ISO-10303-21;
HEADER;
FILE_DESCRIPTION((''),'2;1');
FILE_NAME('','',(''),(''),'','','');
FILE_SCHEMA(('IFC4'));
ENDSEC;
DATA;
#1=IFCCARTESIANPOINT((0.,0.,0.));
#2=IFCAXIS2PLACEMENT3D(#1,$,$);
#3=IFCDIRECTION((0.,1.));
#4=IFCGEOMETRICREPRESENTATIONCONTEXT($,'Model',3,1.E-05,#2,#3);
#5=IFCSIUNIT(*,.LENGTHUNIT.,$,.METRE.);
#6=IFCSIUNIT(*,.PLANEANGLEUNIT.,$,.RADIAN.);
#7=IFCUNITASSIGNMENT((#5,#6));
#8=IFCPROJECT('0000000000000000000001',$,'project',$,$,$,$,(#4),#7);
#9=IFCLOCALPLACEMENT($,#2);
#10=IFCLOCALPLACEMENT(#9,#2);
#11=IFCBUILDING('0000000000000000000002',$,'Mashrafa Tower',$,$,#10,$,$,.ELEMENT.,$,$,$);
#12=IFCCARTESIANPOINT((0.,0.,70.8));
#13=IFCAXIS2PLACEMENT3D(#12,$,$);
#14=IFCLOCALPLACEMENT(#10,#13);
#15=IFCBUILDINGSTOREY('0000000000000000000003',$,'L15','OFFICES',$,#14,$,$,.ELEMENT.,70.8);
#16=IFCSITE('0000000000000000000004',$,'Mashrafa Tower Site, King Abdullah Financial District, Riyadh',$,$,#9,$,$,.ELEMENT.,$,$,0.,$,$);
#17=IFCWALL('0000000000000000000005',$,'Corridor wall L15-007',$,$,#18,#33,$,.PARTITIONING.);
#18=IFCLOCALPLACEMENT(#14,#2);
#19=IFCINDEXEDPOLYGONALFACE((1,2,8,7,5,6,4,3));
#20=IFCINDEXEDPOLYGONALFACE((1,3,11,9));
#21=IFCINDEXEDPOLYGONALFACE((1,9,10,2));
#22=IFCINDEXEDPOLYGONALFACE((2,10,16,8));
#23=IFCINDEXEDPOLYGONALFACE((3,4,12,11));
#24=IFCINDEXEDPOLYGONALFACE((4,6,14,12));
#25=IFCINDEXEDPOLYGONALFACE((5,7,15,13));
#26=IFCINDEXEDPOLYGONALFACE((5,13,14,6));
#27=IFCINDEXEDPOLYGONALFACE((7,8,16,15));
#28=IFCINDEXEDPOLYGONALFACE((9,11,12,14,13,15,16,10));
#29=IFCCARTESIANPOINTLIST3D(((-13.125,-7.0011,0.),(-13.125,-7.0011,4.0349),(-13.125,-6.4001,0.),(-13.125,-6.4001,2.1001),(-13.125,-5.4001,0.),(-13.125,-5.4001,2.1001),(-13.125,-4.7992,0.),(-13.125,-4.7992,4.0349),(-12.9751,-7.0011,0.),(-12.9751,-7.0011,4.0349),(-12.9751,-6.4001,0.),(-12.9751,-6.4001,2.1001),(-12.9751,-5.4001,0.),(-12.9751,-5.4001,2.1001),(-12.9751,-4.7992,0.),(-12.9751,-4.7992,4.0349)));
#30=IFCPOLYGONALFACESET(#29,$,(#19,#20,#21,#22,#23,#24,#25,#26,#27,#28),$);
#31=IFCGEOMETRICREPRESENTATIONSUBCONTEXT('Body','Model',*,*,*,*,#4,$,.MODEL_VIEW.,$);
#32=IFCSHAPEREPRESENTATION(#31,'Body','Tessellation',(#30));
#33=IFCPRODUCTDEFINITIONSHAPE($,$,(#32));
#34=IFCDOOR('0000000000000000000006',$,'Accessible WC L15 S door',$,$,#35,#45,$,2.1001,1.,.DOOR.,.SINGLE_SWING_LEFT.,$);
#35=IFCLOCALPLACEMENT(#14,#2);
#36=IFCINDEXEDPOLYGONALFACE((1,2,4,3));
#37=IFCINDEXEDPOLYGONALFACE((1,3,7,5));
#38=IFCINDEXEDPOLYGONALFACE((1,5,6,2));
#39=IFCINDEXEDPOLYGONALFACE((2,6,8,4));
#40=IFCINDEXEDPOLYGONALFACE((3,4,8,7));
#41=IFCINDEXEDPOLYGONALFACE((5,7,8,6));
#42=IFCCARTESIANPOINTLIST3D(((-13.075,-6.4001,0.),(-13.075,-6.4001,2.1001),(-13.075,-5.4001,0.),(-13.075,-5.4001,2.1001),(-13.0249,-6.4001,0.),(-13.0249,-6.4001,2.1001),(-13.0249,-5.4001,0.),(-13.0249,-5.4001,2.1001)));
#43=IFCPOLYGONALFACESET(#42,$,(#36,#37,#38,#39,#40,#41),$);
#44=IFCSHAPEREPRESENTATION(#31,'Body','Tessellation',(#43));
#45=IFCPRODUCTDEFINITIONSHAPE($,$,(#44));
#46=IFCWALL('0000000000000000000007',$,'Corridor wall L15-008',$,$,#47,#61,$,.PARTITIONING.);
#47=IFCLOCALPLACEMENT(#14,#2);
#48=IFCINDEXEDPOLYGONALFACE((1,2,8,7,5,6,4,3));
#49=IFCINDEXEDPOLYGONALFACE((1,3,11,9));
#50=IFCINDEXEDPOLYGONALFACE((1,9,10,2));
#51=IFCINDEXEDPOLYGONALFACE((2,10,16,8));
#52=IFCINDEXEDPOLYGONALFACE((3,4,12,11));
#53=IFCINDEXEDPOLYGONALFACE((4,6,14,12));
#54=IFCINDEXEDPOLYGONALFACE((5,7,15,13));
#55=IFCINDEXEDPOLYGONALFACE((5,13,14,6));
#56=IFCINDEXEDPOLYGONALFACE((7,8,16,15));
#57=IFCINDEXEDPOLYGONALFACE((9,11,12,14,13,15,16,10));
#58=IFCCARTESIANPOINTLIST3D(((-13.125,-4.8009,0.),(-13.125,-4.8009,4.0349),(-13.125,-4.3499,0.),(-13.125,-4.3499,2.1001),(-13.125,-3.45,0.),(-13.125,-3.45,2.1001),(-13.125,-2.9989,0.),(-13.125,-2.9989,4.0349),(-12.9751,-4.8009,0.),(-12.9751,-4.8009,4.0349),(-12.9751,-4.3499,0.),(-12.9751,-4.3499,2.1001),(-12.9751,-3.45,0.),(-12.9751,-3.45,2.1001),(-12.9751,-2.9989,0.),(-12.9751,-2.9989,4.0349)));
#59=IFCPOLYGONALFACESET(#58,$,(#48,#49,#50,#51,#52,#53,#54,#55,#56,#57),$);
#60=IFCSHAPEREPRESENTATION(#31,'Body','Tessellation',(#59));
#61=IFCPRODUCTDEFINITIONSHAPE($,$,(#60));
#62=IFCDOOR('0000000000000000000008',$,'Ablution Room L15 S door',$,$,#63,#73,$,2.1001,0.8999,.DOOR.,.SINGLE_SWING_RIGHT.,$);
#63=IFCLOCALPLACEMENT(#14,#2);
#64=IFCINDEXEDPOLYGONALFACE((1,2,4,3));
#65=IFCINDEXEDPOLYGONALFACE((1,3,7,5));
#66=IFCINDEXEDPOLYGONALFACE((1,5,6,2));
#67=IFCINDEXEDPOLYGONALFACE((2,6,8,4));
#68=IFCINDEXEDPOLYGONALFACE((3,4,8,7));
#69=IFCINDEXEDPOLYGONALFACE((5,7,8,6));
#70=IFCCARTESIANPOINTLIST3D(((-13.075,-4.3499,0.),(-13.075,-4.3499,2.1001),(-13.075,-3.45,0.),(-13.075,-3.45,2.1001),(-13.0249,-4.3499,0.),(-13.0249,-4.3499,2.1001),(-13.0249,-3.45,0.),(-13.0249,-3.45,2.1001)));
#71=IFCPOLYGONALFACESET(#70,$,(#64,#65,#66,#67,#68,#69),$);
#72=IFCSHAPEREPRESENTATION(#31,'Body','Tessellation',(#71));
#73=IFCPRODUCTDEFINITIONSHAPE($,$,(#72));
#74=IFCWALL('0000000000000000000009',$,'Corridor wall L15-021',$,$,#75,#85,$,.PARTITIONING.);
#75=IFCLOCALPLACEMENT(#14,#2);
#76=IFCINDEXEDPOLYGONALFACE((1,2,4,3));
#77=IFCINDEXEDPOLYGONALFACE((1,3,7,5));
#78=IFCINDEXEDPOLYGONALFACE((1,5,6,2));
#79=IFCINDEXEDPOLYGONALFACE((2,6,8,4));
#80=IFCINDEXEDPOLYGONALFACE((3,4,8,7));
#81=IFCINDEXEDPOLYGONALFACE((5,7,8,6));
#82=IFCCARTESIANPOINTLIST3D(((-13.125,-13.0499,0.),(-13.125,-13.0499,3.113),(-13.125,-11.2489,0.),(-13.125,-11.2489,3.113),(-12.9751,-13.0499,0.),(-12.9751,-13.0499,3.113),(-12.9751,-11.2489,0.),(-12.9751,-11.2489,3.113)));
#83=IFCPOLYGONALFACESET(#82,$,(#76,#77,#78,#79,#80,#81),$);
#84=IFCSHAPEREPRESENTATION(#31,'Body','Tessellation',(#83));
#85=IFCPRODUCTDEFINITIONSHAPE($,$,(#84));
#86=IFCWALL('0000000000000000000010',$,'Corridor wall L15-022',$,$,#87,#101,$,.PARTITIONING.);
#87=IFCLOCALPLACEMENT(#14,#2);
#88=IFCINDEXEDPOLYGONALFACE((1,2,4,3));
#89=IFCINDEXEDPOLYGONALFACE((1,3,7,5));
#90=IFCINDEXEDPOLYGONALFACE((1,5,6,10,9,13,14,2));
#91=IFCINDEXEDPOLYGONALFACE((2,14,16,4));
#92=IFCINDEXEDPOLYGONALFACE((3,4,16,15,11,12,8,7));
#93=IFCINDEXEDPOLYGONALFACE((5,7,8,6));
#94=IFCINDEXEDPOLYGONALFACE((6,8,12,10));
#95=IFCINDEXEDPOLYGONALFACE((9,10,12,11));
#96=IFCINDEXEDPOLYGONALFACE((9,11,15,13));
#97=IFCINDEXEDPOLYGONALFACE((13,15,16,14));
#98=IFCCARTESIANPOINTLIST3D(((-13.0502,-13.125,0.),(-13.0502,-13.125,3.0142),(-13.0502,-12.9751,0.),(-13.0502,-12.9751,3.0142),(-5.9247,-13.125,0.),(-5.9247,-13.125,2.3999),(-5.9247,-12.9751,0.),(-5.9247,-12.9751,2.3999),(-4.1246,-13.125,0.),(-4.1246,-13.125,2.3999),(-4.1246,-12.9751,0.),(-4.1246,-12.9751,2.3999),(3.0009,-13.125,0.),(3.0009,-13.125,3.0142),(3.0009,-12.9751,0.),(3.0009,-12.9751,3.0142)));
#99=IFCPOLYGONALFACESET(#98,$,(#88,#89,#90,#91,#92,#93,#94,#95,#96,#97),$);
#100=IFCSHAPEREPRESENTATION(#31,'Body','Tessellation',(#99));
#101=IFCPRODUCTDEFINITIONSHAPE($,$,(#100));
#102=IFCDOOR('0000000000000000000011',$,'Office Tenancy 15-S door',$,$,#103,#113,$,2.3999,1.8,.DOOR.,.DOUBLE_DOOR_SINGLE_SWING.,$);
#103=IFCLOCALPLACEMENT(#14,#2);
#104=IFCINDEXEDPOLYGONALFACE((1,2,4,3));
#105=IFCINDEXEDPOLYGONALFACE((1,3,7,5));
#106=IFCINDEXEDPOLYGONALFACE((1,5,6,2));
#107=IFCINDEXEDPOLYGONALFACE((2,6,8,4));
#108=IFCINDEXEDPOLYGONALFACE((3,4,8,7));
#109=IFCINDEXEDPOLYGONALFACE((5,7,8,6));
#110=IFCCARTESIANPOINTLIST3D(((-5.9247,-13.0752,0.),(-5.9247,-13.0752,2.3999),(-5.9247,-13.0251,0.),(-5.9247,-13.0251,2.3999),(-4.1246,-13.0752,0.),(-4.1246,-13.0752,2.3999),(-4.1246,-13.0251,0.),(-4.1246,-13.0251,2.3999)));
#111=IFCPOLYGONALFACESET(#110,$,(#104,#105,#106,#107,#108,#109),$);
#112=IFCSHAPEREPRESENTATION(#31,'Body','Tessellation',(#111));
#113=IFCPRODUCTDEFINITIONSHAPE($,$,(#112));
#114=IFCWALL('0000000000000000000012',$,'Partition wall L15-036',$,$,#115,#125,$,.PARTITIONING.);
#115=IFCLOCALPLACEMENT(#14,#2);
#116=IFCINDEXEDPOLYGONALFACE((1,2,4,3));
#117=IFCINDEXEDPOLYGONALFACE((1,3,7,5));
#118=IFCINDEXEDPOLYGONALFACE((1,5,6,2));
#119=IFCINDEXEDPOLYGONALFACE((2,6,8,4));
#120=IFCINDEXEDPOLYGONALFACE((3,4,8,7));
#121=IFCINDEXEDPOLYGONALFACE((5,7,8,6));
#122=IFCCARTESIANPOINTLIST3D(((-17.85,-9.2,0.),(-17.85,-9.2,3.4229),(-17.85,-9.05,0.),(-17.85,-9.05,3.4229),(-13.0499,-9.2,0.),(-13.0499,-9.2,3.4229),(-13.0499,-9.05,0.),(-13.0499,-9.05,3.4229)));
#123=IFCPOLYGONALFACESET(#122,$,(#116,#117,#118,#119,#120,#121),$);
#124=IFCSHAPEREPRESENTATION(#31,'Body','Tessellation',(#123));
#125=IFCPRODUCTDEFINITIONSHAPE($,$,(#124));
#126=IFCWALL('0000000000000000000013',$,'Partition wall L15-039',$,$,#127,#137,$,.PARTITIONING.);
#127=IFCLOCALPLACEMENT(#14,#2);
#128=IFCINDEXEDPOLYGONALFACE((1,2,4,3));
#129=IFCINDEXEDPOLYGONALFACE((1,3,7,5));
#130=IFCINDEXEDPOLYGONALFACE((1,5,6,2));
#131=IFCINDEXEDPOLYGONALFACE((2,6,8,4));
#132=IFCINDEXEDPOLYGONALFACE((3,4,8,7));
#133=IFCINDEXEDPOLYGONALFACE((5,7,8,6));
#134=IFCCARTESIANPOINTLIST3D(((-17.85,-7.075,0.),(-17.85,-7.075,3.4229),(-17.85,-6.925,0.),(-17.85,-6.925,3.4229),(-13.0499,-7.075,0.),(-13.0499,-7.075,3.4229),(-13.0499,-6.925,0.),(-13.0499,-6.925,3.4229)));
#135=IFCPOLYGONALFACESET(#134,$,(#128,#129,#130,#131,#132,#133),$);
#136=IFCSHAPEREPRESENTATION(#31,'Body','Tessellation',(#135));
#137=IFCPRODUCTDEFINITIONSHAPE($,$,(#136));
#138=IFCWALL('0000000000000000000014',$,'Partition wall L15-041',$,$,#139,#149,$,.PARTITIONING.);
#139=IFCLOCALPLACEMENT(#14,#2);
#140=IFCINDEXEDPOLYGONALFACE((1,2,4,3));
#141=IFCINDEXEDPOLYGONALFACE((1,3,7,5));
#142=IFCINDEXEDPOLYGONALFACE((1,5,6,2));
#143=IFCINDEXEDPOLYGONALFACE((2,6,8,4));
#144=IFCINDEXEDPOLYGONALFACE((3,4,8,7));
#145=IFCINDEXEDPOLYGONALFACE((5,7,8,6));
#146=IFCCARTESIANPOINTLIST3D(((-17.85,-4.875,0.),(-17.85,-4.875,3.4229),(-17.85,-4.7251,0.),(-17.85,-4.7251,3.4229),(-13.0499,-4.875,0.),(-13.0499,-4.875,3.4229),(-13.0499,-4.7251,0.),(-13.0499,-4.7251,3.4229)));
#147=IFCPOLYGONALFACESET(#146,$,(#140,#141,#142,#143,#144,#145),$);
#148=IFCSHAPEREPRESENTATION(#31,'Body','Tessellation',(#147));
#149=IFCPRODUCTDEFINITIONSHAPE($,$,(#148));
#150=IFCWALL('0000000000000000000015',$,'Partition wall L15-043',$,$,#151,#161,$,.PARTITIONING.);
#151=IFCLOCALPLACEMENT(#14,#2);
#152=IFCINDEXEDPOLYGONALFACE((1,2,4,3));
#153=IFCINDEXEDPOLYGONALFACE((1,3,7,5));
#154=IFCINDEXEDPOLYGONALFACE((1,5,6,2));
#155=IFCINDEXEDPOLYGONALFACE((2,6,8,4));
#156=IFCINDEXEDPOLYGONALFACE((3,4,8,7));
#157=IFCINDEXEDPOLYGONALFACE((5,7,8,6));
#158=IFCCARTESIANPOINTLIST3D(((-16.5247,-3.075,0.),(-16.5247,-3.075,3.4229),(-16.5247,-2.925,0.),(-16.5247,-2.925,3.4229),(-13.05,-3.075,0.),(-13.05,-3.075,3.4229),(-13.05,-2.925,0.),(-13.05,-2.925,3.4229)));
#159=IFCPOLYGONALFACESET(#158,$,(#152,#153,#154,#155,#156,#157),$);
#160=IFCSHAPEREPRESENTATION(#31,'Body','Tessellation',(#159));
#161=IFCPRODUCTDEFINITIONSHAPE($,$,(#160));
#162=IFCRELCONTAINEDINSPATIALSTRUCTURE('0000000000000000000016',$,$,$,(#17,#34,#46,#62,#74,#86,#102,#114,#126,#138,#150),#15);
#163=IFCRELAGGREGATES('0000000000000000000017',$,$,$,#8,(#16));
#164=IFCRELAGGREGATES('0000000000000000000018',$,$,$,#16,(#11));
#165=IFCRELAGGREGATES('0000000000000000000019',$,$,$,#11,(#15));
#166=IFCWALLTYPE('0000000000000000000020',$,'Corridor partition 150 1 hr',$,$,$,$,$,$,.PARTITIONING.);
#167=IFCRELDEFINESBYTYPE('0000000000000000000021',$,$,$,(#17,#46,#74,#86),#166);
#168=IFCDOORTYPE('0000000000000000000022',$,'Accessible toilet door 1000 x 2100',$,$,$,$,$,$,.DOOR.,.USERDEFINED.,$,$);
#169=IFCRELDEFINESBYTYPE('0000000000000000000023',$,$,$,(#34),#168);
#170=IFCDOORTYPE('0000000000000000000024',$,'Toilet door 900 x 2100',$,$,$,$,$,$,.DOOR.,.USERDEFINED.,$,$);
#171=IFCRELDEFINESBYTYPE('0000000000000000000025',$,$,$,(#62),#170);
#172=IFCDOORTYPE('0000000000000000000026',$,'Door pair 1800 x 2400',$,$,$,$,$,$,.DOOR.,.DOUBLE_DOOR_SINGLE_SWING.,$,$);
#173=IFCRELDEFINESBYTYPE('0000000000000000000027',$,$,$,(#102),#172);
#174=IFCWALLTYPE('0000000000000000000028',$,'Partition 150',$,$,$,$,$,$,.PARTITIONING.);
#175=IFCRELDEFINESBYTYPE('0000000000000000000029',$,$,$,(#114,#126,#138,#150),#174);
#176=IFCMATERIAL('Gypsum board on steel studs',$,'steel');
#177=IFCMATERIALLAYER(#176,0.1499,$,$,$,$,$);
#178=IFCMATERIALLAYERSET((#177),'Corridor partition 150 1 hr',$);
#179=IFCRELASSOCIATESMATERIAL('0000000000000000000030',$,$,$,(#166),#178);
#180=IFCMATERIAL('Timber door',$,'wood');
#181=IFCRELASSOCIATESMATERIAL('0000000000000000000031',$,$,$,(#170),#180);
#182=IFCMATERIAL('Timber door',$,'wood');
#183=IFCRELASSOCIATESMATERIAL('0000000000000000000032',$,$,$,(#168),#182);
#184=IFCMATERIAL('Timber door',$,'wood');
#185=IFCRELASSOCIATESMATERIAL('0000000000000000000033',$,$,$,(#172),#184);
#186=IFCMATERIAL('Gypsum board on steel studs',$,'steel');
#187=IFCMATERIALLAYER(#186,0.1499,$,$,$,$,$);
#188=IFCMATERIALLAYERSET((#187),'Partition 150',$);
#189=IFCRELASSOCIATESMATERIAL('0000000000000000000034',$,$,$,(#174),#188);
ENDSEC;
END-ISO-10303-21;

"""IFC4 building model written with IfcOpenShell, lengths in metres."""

from ifc_helpers import new_model, si_unit, direction, frame, frame_2d, origin, place, context, subcontext, project, spatial, rectangle, extrude, material, layer, layer_set, type_object, element, fill, save


model = new_model("IFC4")

# Units and contexts
model_context = context("Model", 3, precision=1e-05, world=origin(), true_north=direction((0.0, 1.0)))
body_context = subcontext(model_context, "Body", "Model", "MODEL_VIEW")
ifc_project = project(units=[si_unit("LENGTHUNIT", "METRE"), si_unit("PLANEANGLEUNIT", "RADIAN")], contexts=[model_context])

# Site, building, storey
site_placement = place(None, origin())
site = spatial("IfcSite", under=ifc_project, at=site_placement, Name="Mashrafa Tower Site, King Abdullah Financial District, Riyadh", CompositionType="ELEMENT", RefElevation=0.0)
building_placement = place(site_placement, origin())
building = spatial("IfcBuilding", under=site, at=building_placement, Name="Mashrafa Tower", CompositionType="ELEMENT")
storey_placement = place(building_placement, frame((0.0, 0.0, 70.8)))
storey = spatial("IfcBuildingStorey", under=building, at=storey_placement, Name="L15", Description="OFFICES", CompositionType="ELEMENT", Elevation=70.8)

# Walls, openings, doors
ifc_material_1 = material(Name="Gypsum board on steel studs", Category="steel")
ifc_layer_1 = layer(ifc_material_1, 0.1499)
ifc_layer_set_1 = layer_set([ifc_layer_1], Name="Corridor partition 150 1 hr")
wall_type_1 = type_object("IfcWallType", Name="Corridor partition 150 1 hr", PredefinedType="PARTITIONING", material=ifc_layer_set_1)
ifc_material_2 = material(Name="Timber door", Category="wood")
door_type_1 = type_object("IfcDoorType", Name="Toilet door 900 x 2100", OperationType="USERDEFINED", PredefinedType="DOOR", material=ifc_material_2)
wall_1_placement = place(storey_placement, frame((-13.05, -4.7991, 0.0), z_axis=(0.0, 0.0, 1.0), x_axis=(0.0, -1.0, 0.0)))
wall_1 = element("IfcWall", 1, at=wall_1_placement, inside=storey, type_object=wall_type_1, Name="Corridor wall L15-007", PredefinedType="PARTITIONING", context=body_context, shape_type="SweptSolid", body=[
    extrude(rectangle(XDim=2.2019, YDim=0.1499, at=frame_2d((1.1011, 0.0))), origin(), (0.0, 0.0, 1.0), 4.0349),
])
opening_1_placement = place(wall_1_placement, frame((0.6011, 0.0, 0.0)))
opening_1 = element("IfcOpeningElement", 2, at=opening_1_placement, cuts=wall_1, PredefinedType="OPENING", context=body_context, shape_type="SweptSolid", body=[
    extrude(rectangle(XDim=1.0, YDim=2.1001, at=frame_2d((0.5, 1.05))), frame((0.0, 0.085, 0.0), z_axis=(0.0, -1.0, 0.0), x_axis=(1.0, 0.0, 0.0)), (0.0, 0.0, 1.0), 0.1699),
])
ifc_material_3 = material(Name="Timber door", Category="wood")
door_type_2 = type_object("IfcDoorType", Name="Accessible toilet door 1000 x 2100", OperationType="USERDEFINED", PredefinedType="DOOR", material=ifc_material_3)
door_1_placement = place(opening_1_placement, frame((1.0, 0.0, 0.0), z_axis=(0.0, 0.0, 1.0), x_axis=(-1.0, 0.0, 0.0)))
door_1 = element("IfcDoor", 3, at=door_1_placement, inside=storey, type_object=door_type_2, Name="Accessible WC L15 S door", OperationType="SINGLE_SWING_LEFT", OverallHeight=2.1001, OverallWidth=1.0, PredefinedType="DOOR", context=body_context, shape_type="SweptSolid", body=[
    extrude(rectangle(XDim=1.0, YDim=2.1001, at=frame_2d((0.5, 1.05))), frame((0.0, 0.0249, 0.0), z_axis=(0.0, -1.0, 0.0), x_axis=(1.0, 0.0, 0.0)), (0.0, 0.0, 1.0), 0.05),
])
fill(opening_1, door_1)
wall_2_placement = place(storey_placement, frame((-13.05, -2.999, 0.0), z_axis=(0.0, 0.0, 1.0), x_axis=(0.0, -1.0, 0.0)))
wall_2 = element("IfcWall", 4, at=wall_2_placement, inside=storey, type_object=wall_type_1, Name="Corridor wall L15-008", PredefinedType="PARTITIONING", context=body_context, shape_type="SweptSolid", body=[
    extrude(rectangle(XDim=1.802, YDim=0.1499, at=frame_2d((0.9009, 0.0))), origin(), (0.0, 0.0, 1.0), 4.0349),
])
opening_2_placement = place(wall_2_placement, frame((0.4509, 0.0, 0.0)))
opening_2 = element("IfcOpeningElement", 5, at=opening_2_placement, cuts=wall_2, PredefinedType="OPENING", context=body_context, shape_type="SweptSolid", body=[
    extrude(rectangle(XDim=0.8999, YDim=2.1001, at=frame_2d((0.45, 1.05))), frame((0.0, 0.085, 0.0), z_axis=(0.0, -1.0, 0.0), x_axis=(1.0, 0.0, 0.0)), (0.0, 0.0, 1.0), 0.1699),
])
door_2_placement = place(opening_2_placement, frame((0.8999, 0.0, 0.0), z_axis=(0.0, 0.0, 1.0), x_axis=(-1.0, 0.0, 0.0)))
door_2 = element("IfcDoor", 6, at=door_2_placement, inside=storey, type_object=door_type_1, Name="Ablution Room L15 S door", OperationType="SINGLE_SWING_RIGHT", OverallHeight=2.1001, OverallWidth=0.8999, PredefinedType="DOOR", context=body_context, shape_type="SweptSolid", body=[
    extrude(rectangle(XDim=0.8999, YDim=2.1001, at=frame_2d((0.45, 1.05))), frame((0.0, 0.0249, 0.0), z_axis=(0.0, -1.0, 0.0), x_axis=(1.0, 0.0, 0.0)), (0.0, 0.0, 1.0), 0.05),
])
fill(opening_2, door_2)

# Wall
wall_3_placement = place(storey_placement, frame((-13.05, -11.249, 0.0), z_axis=(0.0, 0.0, 1.0), x_axis=(0.0, -1.0, 0.0)))
element("IfcWall", 7, at=wall_3_placement, inside=storey, type_object=wall_type_1, Name="Corridor wall L15-021", PredefinedType="PARTITIONING", context=body_context, shape_type="SweptSolid", body=[
    extrude(rectangle(XDim=1.801, YDim=0.1499, at=frame_2d((0.9004, 0.0))), origin(), (0.0, 0.0, 1.0), 3.113),
])

# Wall, opening, door
wall_4_placement = place(storey_placement, frame((-13.05, -13.05, 0.0), z_axis=(0.0, 0.0, 1.0), x_axis=(1.0, 0.0, 0.0)))
wall_4 = element("IfcWall", 8, at=wall_4_placement, inside=storey, type_object=wall_type_1, Name="Corridor wall L15-022", PredefinedType="PARTITIONING", context=body_context, shape_type="SweptSolid", body=[
    extrude(rectangle(XDim=16.051, YDim=0.1499, at=frame_2d((8.0254, 0.0))), origin(), (0.0, 0.0, 1.0), 3.0142),
])
opening_3_placement = place(wall_4_placement, frame((7.1255, 0.0, 0.0)))
opening_3 = element("IfcOpeningElement", 9, at=opening_3_placement, cuts=wall_4, PredefinedType="OPENING", context=body_context, shape_type="SweptSolid", body=[
    extrude(rectangle(XDim=1.8, YDim=2.3999, at=frame_2d((0.8999, 1.2))), frame((0.0, 0.085, 0.0), z_axis=(0.0, -1.0, 0.0), x_axis=(1.0, 0.0, 0.0)), (0.0, 0.0, 1.0), 0.1699),
])
ifc_material_4 = material(Name="Timber door", Category="wood")
door_type_3 = type_object("IfcDoorType", Name="Door pair 1800 x 2400", OperationType="DOUBLE_DOOR_SINGLE_SWING", PredefinedType="DOOR", material=ifc_material_4)
door_3_placement = place(opening_3_placement, origin())
door_3 = element("IfcDoor", 10, at=door_3_placement, inside=storey, type_object=door_type_3, Name="Office Tenancy 15-S door", OperationType="DOUBLE_DOOR_SINGLE_SWING", OverallHeight=2.3999, OverallWidth=1.8, PredefinedType="DOOR", context=body_context, shape_type="SweptSolid", body=[
    extrude(rectangle(XDim=1.8, YDim=2.3999, at=frame_2d((0.8999, 1.2))), frame((0.0, 0.0249, 0.0), z_axis=(0.0, -1.0, 0.0), x_axis=(1.0, 0.0, 0.0)), (0.0, 0.0, 1.0), 0.05),
])
fill(opening_3, door_3)

# Walls
ifc_material_5 = material(Name="Gypsum board on steel studs", Category="steel")
ifc_layer_2 = layer(ifc_material_5, 0.1499)
ifc_layer_set_2 = layer_set([ifc_layer_2], Name="Partition 150")
wall_type_2 = type_object("IfcWallType", Name="Partition 150", PredefinedType="PARTITIONING", material=ifc_layer_set_2)
for number, where, z_axis, x_axis, name in (
    (11, (-13.05, -9.125, 0.0), (0.0, 0.0, 1.0), (-1.0, 0.0, 0.0), "Partition wall L15-036"),
    (12, (-13.05, -7.0, 0.0), (0.0, 0.0, 1.0), (-1.0, 0.0, 0.0), "Partition wall L15-039"),
    (13, (-13.05, -4.8, 0.0), (0.0, 0.0, 1.0), (-1.0, 0.0, 0.0), "Partition wall L15-041"),
):
    element("IfcWall", number, at=place(storey_placement, frame(where, z_axis=z_axis, x_axis=x_axis)), inside=storey, type_object=wall_type_2, Name=name, PredefinedType="PARTITIONING", context=body_context, shape_type="SweptSolid", body=[
        extrude(rectangle(XDim=4.8, YDim=0.1499, at=frame_2d((2.3999, 0.0))), origin(), (0.0, 0.0, 1.0), 3.4229),
    ])
wall_5_placement = place(storey_placement, frame((-13.05, -3.0, 0.0), z_axis=(0.0, 0.0, 1.0), x_axis=(-1.0, 0.0, 0.0)))
element("IfcWall", 14, at=wall_5_placement, inside=storey, type_object=wall_type_2, Name="Partition wall L15-043", PredefinedType="PARTITIONING", context=body_context, shape_type="SweptSolid", body=[
    extrude(rectangle(XDim=3.4746, YDim=0.1499, at=frame_2d((1.7373, 0.0))), origin(), (0.0, 0.0, 1.0), 3.4229),
])

save(model, "model.ifc")
